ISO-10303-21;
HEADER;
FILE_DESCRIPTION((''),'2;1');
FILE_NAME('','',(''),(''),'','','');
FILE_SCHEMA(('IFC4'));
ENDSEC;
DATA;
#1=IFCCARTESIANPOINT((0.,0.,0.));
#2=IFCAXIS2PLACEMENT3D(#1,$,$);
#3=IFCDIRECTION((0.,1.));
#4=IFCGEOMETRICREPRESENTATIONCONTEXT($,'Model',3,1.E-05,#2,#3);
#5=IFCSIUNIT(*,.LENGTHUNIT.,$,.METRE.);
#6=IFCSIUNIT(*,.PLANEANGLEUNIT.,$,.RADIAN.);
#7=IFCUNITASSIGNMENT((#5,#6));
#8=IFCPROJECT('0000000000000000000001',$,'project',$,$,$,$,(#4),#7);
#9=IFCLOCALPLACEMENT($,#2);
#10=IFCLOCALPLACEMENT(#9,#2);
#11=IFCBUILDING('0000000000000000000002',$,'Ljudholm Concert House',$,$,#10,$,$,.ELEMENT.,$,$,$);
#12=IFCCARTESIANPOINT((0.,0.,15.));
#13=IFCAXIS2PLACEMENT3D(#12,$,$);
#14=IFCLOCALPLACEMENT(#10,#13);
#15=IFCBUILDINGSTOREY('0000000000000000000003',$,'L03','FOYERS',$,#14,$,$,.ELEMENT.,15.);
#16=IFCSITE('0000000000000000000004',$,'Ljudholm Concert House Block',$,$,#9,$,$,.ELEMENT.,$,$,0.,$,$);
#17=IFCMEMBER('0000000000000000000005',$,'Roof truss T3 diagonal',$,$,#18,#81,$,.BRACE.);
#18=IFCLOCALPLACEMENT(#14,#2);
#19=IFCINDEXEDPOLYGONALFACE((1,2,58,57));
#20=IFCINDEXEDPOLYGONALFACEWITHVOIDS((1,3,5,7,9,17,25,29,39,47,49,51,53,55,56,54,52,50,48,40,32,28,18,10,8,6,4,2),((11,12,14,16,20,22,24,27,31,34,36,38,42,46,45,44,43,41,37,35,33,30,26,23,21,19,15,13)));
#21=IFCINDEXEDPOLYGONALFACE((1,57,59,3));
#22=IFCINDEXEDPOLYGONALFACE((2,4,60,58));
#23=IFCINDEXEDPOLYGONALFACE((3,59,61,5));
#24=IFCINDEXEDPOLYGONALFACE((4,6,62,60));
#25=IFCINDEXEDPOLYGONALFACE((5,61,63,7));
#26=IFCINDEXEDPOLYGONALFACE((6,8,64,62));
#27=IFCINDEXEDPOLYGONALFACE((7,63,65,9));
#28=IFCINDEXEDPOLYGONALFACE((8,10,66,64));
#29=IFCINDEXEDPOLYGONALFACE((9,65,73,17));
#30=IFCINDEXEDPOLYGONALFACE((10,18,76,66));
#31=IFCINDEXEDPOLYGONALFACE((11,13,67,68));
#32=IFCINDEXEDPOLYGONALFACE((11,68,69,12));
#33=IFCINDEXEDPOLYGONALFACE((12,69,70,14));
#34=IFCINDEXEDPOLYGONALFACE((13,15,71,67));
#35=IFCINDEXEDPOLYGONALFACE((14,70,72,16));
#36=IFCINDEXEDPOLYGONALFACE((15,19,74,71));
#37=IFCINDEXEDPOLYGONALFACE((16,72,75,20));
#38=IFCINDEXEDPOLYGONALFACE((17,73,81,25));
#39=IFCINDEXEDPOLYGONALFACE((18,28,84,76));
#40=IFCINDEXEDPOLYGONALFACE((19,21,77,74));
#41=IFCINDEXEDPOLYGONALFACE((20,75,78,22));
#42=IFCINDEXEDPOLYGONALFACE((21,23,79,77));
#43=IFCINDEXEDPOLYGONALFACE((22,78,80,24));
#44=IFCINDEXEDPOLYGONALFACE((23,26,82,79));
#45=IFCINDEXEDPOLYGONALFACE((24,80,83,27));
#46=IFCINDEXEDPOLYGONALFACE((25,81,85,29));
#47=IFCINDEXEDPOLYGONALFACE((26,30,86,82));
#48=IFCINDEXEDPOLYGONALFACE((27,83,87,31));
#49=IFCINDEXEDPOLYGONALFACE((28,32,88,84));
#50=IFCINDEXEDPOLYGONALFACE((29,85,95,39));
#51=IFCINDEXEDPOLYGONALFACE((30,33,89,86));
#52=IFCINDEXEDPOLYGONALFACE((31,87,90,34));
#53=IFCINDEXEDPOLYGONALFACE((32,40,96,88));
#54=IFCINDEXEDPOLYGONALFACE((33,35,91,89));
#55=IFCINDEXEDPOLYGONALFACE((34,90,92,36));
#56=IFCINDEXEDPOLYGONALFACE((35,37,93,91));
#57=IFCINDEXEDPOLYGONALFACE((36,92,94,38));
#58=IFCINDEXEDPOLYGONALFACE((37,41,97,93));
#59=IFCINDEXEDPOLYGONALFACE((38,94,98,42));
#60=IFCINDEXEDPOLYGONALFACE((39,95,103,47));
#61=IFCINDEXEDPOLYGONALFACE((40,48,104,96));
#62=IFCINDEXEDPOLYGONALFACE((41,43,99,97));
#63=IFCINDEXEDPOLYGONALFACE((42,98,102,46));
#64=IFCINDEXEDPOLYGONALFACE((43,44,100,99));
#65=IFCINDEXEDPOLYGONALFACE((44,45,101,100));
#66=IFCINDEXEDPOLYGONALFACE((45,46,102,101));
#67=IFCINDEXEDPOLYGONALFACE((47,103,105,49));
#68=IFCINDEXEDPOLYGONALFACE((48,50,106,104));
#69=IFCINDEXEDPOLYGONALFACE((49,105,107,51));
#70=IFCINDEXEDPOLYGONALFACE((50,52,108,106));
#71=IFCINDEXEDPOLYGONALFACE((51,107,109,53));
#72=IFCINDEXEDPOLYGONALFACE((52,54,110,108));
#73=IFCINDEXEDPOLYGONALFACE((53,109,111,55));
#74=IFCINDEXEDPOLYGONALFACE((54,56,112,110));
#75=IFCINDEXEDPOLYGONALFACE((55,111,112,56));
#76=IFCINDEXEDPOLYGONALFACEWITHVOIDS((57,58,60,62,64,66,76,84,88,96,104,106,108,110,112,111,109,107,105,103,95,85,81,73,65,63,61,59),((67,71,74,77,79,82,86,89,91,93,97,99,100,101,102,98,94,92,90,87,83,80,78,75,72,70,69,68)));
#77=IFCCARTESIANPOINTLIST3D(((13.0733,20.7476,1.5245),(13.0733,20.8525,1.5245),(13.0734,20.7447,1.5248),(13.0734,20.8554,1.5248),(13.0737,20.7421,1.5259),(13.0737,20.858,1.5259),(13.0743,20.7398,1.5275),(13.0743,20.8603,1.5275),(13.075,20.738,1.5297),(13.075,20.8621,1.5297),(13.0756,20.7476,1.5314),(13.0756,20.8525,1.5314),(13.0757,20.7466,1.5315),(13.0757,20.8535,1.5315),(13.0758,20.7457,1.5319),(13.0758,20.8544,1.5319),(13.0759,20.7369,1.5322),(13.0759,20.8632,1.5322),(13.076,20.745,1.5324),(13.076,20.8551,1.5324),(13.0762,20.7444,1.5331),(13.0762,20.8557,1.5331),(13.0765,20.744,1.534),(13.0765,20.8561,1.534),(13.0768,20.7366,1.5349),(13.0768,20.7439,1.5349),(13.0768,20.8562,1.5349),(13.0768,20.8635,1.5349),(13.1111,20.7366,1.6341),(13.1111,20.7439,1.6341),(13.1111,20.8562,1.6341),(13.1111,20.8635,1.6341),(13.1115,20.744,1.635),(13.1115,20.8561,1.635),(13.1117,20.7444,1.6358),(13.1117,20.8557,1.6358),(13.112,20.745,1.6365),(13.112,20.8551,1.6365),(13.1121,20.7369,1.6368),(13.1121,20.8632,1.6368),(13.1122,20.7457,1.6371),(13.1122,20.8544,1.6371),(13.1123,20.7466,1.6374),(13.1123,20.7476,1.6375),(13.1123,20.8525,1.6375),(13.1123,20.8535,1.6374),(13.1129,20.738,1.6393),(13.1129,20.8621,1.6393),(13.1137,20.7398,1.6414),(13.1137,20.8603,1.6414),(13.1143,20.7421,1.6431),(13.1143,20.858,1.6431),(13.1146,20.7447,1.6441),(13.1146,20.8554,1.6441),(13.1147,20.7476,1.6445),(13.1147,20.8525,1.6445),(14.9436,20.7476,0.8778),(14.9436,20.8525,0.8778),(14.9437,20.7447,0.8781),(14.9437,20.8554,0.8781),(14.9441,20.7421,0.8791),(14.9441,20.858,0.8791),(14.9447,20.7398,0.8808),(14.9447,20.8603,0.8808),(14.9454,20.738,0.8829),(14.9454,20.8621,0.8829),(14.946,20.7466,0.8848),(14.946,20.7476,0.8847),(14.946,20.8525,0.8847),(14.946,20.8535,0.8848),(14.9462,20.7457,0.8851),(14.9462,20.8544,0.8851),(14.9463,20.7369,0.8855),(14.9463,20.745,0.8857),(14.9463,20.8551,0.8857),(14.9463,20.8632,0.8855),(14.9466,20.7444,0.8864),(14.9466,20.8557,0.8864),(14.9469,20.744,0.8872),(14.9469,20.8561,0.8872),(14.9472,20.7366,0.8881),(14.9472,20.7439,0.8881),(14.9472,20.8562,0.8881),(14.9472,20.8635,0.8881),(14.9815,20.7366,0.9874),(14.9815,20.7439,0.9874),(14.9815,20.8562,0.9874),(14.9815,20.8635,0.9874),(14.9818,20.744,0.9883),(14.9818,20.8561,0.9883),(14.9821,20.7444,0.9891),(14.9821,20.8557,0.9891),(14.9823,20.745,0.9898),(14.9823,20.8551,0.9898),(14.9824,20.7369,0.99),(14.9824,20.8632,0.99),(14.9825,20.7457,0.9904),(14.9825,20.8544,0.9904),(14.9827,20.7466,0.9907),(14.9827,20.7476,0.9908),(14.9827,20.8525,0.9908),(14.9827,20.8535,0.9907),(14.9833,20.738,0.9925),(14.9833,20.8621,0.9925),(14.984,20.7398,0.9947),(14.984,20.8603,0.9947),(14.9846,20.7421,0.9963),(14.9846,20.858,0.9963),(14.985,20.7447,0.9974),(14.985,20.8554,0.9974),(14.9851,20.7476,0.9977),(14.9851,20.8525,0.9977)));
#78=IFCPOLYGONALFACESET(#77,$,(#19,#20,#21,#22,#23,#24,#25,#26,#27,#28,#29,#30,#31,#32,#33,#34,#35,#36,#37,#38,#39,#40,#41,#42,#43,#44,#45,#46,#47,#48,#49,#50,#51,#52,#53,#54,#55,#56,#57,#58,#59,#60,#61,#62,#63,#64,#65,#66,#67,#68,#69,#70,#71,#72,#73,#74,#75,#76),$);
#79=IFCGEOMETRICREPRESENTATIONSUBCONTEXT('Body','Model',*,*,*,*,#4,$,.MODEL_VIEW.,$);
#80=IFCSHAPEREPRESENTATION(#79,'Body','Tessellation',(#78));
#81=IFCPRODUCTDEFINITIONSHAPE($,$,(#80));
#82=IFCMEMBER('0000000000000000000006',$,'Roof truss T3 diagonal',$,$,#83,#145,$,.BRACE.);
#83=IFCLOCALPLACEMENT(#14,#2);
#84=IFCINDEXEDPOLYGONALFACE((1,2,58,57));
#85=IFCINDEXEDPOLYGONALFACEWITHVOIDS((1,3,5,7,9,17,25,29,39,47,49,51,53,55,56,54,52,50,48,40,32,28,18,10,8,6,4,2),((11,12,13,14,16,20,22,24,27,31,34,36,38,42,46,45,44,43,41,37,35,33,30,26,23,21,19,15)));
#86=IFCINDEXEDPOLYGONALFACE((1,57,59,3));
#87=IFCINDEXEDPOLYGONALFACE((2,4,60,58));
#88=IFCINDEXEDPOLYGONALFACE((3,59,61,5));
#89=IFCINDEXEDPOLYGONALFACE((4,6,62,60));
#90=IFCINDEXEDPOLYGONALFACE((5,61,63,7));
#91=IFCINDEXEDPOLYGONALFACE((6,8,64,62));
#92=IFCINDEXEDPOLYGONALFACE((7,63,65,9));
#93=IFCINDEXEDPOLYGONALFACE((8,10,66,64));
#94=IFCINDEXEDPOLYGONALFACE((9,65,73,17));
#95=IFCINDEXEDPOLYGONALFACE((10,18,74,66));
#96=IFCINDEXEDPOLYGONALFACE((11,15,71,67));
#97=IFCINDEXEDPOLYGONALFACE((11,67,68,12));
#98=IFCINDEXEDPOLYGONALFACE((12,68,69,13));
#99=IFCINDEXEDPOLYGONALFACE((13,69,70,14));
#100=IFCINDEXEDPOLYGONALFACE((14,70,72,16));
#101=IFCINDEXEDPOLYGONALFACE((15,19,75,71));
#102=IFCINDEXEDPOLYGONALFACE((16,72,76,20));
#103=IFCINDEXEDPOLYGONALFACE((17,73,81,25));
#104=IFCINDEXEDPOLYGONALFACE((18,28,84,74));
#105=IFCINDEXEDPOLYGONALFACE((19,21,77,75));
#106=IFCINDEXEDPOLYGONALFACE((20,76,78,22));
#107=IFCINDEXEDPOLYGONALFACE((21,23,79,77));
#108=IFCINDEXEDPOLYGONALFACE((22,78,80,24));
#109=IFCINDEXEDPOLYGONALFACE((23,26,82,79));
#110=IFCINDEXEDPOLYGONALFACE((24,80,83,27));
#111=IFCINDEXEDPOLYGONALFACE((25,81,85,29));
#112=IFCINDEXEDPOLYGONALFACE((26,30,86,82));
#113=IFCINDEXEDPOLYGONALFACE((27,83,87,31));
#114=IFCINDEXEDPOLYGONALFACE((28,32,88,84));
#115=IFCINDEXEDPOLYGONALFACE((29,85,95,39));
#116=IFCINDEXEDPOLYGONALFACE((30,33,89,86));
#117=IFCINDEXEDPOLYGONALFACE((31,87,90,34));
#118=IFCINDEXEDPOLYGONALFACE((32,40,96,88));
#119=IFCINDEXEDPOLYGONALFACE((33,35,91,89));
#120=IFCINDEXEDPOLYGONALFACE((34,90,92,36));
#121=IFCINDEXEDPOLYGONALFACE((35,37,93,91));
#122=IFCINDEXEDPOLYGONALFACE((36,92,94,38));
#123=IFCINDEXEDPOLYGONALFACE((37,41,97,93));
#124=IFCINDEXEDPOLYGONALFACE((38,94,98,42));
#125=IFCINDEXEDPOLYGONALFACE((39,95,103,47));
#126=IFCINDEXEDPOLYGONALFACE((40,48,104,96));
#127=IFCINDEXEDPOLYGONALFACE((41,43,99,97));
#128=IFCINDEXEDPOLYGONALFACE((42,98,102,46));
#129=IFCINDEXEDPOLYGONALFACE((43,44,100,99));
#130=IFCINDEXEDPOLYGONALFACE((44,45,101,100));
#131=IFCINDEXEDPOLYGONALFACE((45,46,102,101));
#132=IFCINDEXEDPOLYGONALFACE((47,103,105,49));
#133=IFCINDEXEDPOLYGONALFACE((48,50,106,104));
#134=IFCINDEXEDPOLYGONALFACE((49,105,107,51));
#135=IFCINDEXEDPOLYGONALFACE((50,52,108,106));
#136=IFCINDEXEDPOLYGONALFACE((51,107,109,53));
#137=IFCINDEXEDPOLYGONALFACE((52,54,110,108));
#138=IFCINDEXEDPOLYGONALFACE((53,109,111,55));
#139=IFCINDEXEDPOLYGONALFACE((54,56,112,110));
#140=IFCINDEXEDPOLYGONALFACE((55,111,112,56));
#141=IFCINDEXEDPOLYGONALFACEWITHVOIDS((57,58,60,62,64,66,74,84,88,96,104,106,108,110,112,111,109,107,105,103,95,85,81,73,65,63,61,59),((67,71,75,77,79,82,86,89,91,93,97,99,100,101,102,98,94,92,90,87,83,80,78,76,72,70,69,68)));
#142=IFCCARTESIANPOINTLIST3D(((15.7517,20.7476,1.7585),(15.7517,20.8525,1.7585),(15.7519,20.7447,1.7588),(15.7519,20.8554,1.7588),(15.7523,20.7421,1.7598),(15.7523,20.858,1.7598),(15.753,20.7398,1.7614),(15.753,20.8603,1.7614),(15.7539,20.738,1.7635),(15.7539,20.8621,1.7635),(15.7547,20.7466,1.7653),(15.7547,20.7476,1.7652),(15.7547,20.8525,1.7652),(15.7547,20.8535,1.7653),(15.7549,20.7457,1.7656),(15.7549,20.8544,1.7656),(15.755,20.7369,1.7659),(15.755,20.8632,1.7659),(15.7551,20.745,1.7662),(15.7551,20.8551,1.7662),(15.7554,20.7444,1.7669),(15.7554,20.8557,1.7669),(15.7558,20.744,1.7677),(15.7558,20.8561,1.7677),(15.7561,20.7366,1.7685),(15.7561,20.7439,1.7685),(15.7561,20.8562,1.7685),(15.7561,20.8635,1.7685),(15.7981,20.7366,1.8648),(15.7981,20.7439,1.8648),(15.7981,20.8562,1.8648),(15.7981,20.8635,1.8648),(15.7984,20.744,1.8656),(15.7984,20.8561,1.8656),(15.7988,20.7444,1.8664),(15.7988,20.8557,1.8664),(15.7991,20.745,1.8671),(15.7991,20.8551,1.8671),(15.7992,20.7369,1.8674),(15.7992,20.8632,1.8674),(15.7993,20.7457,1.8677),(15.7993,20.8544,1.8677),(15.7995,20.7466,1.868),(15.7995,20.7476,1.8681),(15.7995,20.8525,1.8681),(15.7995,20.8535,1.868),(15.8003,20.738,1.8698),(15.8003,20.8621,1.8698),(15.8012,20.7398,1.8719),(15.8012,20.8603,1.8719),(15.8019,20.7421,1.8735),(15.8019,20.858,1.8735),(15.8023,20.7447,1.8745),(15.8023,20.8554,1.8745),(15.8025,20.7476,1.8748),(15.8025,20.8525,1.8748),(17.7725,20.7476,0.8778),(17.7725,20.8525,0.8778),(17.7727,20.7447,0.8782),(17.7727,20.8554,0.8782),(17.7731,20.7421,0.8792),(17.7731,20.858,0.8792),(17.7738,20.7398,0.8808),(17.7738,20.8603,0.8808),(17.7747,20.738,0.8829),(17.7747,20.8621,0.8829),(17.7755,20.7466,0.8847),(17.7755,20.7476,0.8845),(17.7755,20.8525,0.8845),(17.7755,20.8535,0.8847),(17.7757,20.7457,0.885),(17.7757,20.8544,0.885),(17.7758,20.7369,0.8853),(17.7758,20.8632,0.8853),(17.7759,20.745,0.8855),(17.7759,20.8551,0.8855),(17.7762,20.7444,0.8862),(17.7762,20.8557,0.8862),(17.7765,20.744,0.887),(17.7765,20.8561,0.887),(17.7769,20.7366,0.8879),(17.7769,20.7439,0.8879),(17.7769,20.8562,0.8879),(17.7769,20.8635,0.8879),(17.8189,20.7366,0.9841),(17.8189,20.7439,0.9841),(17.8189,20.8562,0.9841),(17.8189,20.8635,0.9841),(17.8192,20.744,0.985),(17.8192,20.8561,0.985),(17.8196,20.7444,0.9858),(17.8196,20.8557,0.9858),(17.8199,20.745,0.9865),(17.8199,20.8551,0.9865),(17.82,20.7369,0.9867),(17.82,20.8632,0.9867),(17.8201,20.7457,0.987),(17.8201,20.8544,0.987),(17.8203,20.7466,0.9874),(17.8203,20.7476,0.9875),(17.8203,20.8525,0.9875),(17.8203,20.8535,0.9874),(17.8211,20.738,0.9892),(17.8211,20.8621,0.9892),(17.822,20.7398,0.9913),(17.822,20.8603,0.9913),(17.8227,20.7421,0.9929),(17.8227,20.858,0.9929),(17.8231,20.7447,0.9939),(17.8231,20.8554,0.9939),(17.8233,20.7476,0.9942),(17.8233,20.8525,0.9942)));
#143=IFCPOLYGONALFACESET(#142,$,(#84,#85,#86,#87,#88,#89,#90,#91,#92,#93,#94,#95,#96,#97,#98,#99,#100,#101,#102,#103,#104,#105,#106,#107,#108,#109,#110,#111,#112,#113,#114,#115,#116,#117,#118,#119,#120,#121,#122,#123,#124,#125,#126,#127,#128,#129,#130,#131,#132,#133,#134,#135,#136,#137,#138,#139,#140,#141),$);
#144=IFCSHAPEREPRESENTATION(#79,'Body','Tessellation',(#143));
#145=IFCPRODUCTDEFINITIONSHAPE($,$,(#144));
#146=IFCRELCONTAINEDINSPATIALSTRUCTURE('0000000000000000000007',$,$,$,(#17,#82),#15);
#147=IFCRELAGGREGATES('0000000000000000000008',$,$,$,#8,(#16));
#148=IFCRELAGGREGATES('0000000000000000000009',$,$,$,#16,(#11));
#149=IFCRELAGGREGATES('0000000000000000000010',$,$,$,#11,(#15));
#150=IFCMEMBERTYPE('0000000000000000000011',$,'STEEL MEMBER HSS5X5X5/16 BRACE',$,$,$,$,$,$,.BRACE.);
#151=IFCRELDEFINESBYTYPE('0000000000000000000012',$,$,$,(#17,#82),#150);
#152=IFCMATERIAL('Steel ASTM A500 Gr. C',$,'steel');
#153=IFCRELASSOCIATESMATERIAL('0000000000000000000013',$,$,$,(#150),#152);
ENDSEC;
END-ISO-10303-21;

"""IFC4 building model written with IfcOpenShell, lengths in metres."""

from ifc_helpers import new_model, si_unit, direction, frame, origin, origin_2d, place, context, subcontext, project, spatial, hollow_rectangle, extrude, material, material_profile, profile_set, type_object, element, save


model = new_model("IFC4")

# Units and contexts
model_context = context("Model", 3, precision=1e-05, world=origin(), true_north=direction((0.0, 1.0)))
body_context = subcontext(model_context, "Body", "Model", "MODEL_VIEW")
ifc_project = project(units=[si_unit("LENGTHUNIT", "METRE"), si_unit("PLANEANGLEUNIT", "RADIAN")], contexts=[model_context])

# Site, building, storey
site_placement = place(None, origin())
site = spatial("IfcSite", under=ifc_project, at=site_placement, Name="Ljudholm Concert House Block", CompositionType="ELEMENT", RefElevation=0.0)
building_placement = place(site_placement, origin())
building = spatial("IfcBuilding", under=site, at=building_placement, Name="Ljudholm Concert House", CompositionType="ELEMENT")
storey_placement = place(building_placement, frame((0.0, 0.0, 15.0)))
storey = spatial("IfcBuildingStorey", under=building, at=storey_placement, Name="L03", Description="FOYERS", CompositionType="ELEMENT", Elevation=15.0)

# Members
ifc_material_1 = material(Name="Steel ASTM A500 Gr. C", Category="steel")
ifc_material_profile_1 = material_profile(ifc_material_1, hollow_rectangle(XDim=0.127, YDim=0.127, WallThickness=0.0073, InnerFilletRadius=0.0037, OuterFilletRadius=0.011, at=origin_2d()), Name="HSS5X5X5/16")
ifc_profile_set_1 = profile_set([ifc_material_profile_1], Name="Steel ASTM A500 Gr. C")
member_type_1 = type_object("IfcMemberType", Name="STEEL MEMBER HSS5X5X5/16 BRACE", PredefinedType="BRACE", material=ifc_profile_set_1)
member_1_placement = place(storey_placement, frame((13.094, 20.8, 1.5845), z_axis=(0.945096, 0.0, -0.326793), x_axis=(0.0, 1.0, 0.0)))
element("IfcMember", 1, at=member_1_placement, inside=storey, type_object=member_type_1, Name="Roof truss T3 diagonal", PredefinedType="BRACE", context=body_context, shape_type="SweptSolid", body=[
    extrude(hollow_rectangle(XDim=0.127, YDim=0.127, WallThickness=0.0073, InnerFilletRadius=0.0037, OuterFilletRadius=0.011, at=origin_2d()), origin(), (0.0, 0.0, 1.0), 1.979),
])
member_2_placement = place(storey_placement, frame((15.7771, 20.8, 1.8167), z_axis=(0.916733, 0.0, -0.3995), x_axis=(0.0, 1.0, 0.0)))
element("IfcMember", 2, at=member_2_placement, inside=storey, type_object=member_type_1, Name="Roof truss T3 diagonal", PredefinedType="BRACE", context=body_context, shape_type="SweptSolid", body=[
    extrude(hollow_rectangle(XDim=0.127, YDim=0.127, WallThickness=0.0073, InnerFilletRadius=0.0037, OuterFilletRadius=0.011, at=origin_2d()), origin(), (0.0, 0.0, 1.0), 2.2043),
])

save(model, "model.ifc")
